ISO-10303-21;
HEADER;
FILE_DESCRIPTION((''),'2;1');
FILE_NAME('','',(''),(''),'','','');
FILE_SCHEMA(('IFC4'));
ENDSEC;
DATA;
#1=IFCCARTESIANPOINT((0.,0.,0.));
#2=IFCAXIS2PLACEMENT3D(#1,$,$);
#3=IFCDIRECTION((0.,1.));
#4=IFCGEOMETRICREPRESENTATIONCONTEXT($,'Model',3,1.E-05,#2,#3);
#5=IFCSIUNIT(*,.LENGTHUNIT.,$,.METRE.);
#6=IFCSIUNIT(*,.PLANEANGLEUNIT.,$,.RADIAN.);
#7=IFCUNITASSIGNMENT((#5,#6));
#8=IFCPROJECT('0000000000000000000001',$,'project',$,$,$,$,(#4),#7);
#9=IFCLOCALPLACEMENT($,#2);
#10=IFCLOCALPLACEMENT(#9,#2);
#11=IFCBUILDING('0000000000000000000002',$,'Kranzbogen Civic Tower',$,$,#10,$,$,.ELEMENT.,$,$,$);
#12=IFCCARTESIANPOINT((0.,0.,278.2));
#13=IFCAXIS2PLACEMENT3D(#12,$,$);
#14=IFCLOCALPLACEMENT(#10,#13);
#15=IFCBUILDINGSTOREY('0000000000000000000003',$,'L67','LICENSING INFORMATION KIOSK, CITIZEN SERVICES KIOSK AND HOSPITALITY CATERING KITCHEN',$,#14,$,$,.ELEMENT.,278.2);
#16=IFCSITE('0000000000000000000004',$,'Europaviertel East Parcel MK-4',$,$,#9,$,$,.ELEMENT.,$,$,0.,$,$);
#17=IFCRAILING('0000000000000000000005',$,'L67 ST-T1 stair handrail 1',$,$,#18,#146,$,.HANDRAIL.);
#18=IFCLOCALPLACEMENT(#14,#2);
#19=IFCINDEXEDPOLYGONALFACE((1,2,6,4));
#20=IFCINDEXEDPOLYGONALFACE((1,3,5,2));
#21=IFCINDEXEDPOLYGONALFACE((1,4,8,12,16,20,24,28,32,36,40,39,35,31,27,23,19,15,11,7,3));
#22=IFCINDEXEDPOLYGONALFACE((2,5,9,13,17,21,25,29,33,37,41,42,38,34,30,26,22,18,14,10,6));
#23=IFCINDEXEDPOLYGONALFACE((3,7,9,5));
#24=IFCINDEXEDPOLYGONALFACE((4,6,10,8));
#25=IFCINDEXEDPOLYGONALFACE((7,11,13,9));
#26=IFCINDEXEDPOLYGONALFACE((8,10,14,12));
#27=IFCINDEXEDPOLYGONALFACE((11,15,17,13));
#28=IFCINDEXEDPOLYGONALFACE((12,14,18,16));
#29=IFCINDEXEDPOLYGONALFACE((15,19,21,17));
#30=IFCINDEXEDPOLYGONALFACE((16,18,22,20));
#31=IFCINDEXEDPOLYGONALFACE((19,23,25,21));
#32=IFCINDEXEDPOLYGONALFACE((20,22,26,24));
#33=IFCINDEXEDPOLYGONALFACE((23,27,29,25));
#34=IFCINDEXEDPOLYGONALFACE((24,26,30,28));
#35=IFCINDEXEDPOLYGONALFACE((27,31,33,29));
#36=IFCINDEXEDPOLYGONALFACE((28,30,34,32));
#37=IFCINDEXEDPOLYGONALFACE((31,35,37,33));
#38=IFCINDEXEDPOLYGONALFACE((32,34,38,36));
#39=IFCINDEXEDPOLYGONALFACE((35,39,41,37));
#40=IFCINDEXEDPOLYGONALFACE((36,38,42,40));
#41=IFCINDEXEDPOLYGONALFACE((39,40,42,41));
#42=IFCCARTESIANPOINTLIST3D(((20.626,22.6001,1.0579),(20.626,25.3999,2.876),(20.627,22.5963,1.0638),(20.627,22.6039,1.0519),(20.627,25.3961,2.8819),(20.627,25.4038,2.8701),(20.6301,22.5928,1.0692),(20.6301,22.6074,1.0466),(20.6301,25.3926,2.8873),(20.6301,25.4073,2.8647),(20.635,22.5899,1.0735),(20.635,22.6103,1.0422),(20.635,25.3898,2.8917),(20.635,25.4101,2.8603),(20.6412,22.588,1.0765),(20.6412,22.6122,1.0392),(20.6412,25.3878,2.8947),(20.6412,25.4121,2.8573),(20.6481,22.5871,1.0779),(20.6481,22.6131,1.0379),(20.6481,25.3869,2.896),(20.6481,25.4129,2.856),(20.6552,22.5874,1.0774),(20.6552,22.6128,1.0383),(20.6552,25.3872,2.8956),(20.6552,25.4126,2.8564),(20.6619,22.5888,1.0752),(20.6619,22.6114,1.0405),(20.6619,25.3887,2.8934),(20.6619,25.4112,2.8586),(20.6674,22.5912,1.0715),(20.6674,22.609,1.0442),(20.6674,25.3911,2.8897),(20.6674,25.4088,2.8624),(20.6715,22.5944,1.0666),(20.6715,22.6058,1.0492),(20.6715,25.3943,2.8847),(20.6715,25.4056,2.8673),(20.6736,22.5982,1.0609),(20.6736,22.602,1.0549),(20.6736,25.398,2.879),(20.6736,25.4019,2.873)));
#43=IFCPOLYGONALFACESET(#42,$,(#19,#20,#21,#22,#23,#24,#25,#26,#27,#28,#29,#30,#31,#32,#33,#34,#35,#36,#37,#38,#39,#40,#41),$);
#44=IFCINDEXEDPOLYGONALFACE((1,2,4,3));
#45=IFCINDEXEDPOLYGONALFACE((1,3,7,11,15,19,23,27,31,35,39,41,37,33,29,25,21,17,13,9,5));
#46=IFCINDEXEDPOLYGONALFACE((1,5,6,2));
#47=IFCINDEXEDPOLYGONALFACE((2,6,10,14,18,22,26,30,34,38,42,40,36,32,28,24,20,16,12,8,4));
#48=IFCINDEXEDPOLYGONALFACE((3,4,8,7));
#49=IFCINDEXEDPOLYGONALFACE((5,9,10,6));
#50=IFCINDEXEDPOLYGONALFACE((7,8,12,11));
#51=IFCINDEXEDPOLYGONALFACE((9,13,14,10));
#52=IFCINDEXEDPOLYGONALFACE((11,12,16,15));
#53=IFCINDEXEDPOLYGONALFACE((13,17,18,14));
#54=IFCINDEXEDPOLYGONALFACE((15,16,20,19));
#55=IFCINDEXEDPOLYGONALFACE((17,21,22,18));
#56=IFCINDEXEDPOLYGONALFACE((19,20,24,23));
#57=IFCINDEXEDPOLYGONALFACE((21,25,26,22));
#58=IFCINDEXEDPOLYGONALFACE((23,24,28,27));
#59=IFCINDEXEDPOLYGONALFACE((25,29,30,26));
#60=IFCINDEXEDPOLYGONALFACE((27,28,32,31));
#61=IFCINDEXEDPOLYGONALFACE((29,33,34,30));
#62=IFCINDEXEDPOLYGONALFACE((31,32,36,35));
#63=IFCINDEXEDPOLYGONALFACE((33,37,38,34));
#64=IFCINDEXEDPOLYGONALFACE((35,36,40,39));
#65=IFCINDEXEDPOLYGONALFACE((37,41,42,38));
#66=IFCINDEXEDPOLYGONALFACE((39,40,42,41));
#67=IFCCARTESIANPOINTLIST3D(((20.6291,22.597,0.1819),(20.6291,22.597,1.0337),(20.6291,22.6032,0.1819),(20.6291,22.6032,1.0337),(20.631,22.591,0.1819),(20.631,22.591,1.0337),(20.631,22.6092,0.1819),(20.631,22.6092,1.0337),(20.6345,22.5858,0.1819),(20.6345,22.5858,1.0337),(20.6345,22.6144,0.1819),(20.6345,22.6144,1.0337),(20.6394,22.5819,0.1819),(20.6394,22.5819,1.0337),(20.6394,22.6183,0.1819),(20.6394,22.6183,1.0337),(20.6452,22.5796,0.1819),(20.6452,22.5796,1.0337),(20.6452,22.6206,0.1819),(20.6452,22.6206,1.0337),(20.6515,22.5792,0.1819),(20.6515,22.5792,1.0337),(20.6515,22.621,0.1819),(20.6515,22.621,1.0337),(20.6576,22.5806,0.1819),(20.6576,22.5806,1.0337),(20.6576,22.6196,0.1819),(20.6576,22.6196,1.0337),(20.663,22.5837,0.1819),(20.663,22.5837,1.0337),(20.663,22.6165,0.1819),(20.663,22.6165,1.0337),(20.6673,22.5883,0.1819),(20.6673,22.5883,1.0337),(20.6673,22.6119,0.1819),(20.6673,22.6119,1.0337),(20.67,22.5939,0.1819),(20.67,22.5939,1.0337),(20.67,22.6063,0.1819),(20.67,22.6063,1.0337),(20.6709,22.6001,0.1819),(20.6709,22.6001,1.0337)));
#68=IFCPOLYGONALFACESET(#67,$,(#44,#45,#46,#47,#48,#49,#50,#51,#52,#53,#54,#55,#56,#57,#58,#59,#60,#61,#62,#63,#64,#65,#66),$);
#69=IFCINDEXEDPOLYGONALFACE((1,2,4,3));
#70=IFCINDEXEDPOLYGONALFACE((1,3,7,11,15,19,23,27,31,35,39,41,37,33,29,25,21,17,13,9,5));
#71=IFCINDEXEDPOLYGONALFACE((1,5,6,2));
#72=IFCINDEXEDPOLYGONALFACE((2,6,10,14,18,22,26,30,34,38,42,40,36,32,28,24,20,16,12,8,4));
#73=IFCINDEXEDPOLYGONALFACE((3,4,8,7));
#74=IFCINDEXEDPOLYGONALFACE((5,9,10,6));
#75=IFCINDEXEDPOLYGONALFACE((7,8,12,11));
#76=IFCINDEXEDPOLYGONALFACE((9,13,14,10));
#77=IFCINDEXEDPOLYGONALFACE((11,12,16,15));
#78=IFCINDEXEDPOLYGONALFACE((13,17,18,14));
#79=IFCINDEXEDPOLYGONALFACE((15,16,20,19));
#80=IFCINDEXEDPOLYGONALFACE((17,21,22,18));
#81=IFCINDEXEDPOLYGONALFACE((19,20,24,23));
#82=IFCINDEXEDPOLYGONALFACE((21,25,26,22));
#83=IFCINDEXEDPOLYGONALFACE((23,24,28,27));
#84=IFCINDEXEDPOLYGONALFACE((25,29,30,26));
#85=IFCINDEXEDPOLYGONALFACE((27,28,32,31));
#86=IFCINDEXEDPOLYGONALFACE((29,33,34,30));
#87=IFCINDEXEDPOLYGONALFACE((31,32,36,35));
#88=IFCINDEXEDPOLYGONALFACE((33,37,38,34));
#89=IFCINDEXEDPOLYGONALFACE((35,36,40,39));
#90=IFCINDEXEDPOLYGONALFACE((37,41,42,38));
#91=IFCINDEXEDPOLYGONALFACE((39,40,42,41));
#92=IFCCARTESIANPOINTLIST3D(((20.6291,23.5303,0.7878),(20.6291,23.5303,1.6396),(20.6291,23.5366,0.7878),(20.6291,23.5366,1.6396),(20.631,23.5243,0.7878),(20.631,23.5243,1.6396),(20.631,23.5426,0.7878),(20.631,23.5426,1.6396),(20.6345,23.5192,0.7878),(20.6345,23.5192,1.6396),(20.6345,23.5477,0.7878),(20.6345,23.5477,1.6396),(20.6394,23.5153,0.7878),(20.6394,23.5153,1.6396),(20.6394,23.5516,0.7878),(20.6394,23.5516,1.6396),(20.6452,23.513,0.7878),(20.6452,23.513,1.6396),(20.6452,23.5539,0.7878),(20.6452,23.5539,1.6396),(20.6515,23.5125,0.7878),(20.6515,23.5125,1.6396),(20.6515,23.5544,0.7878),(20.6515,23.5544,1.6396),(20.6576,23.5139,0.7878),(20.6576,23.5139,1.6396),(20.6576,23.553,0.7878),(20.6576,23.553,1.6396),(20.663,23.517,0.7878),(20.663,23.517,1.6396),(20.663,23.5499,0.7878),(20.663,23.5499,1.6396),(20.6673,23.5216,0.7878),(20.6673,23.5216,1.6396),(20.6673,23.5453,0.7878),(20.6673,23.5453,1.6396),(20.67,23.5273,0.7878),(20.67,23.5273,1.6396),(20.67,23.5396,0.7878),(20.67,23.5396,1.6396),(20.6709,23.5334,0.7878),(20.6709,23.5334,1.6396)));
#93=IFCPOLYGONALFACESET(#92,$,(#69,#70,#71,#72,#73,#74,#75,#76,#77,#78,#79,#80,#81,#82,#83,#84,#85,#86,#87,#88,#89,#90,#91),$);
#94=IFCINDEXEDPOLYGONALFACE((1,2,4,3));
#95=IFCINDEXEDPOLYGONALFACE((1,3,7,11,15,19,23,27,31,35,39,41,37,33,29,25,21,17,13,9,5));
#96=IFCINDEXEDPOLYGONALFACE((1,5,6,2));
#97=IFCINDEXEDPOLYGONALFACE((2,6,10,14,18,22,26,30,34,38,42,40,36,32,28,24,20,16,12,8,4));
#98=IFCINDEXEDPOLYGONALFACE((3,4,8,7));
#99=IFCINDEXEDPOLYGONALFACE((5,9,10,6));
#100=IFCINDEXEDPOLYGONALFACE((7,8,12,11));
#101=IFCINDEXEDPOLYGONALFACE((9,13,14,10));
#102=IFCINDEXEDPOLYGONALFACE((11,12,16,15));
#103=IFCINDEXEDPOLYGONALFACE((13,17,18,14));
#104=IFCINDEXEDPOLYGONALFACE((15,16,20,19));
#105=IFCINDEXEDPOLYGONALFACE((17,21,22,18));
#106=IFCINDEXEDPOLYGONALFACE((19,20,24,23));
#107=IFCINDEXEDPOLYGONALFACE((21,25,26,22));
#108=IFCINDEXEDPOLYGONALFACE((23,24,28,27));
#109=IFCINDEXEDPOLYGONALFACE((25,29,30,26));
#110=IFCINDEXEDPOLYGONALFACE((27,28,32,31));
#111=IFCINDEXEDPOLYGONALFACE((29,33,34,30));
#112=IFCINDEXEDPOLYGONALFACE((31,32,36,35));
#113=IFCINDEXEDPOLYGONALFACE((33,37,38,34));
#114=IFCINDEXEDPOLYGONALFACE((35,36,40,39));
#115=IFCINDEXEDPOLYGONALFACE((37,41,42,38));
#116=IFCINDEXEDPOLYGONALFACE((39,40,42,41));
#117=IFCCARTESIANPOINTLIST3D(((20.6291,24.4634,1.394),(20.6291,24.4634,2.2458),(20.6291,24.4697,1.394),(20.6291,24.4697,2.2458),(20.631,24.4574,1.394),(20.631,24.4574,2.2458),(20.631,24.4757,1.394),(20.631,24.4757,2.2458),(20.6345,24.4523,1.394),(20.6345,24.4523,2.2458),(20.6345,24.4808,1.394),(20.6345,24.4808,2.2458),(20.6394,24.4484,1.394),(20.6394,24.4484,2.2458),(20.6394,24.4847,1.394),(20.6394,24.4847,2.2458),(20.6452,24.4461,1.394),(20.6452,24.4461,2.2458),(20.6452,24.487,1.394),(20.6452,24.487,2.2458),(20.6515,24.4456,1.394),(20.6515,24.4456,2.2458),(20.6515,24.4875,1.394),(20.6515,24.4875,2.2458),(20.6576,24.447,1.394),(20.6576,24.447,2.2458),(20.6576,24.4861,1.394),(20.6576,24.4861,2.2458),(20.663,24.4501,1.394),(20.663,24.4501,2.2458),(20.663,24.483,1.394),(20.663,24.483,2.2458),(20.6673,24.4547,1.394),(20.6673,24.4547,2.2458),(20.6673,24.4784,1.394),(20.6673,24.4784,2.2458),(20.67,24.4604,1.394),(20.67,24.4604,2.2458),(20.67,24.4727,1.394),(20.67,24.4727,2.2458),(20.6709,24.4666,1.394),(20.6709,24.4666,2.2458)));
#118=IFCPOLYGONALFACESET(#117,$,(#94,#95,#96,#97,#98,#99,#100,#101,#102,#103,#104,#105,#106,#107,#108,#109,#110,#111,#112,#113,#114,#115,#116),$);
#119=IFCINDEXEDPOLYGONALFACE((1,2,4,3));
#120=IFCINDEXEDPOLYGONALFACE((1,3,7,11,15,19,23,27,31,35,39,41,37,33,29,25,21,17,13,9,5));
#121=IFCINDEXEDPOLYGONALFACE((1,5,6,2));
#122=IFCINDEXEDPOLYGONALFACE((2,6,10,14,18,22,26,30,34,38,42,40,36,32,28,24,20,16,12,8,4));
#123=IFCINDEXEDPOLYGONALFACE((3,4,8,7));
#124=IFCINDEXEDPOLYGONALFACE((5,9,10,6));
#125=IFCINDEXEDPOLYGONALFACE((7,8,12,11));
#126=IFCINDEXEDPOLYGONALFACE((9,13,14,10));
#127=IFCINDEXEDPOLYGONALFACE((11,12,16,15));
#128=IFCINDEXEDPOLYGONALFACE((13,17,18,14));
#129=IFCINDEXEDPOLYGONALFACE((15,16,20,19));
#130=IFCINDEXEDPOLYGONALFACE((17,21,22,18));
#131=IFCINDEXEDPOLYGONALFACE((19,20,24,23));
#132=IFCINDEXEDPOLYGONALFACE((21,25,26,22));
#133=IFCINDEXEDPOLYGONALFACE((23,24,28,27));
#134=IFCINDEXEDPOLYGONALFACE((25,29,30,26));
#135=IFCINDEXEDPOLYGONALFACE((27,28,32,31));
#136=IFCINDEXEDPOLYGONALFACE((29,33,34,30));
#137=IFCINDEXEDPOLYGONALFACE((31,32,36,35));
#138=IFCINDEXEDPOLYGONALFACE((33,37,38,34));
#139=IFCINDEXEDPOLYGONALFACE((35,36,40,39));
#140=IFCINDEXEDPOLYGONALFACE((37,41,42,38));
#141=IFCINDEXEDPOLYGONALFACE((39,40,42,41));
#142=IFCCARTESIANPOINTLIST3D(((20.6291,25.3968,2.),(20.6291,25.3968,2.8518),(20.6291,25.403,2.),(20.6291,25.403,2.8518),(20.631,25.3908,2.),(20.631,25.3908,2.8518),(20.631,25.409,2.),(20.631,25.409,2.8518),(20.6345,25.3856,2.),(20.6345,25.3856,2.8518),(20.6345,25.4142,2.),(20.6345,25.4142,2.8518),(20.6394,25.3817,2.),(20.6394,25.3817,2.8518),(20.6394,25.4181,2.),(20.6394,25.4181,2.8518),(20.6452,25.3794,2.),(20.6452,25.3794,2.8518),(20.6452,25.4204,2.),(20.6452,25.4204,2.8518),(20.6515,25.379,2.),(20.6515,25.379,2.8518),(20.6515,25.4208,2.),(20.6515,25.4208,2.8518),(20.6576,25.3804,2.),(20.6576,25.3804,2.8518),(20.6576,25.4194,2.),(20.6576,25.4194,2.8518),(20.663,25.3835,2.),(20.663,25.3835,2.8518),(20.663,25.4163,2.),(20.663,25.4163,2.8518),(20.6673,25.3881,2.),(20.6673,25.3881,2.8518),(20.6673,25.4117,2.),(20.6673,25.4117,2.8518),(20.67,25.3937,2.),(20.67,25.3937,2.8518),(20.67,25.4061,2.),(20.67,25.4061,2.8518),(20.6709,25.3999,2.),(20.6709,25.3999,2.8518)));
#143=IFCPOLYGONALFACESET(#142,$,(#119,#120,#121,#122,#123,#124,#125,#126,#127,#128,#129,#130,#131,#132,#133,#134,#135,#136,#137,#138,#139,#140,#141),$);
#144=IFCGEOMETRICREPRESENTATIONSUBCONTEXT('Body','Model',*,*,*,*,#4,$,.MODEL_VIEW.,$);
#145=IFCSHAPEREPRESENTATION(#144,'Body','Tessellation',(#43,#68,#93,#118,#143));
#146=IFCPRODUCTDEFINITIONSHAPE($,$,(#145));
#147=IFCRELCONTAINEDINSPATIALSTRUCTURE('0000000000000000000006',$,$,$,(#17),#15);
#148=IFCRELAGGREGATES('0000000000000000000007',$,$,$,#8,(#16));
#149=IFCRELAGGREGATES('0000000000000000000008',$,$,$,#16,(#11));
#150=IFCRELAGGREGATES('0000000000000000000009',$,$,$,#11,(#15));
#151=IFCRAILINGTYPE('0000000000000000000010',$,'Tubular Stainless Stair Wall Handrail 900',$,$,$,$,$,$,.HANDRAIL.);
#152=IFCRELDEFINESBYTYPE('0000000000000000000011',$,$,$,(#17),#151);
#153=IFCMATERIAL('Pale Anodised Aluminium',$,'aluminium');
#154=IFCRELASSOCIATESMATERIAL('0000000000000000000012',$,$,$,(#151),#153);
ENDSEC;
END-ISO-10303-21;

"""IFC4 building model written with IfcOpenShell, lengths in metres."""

from ifc_helpers import new_model, si_unit, direction, frame, origin, origin_2d, place, context, subcontext, project, spatial, circle, extrude, material, type_object, element, save


model = new_model("IFC4")

# Units and contexts
model_context = context("Model", 3, precision=1e-05, world=origin(), true_north=direction((0.0, 1.0)))
body_context = subcontext(model_context, "Body", "Model", "MODEL_VIEW")
ifc_project = project(units=[si_unit("LENGTHUNIT", "METRE"), si_unit("PLANEANGLEUNIT", "RADIAN")], contexts=[model_context])

# Site, building, storey
site_placement = place(None, origin())
site = spatial("IfcSite", under=ifc_project, at=site_placement, Name="Europaviertel East Parcel MK-4", CompositionType="ELEMENT", RefElevation=0.0)
building_placement = place(site_placement, origin())
building = spatial("IfcBuilding", under=site, at=building_placement, Name="Kranzbogen Civic Tower", CompositionType="ELEMENT")
storey_placement = place(building_placement, frame((0.0, 0.0, 278.2)))
storey = spatial("IfcBuildingStorey", under=building, at=storey_placement, Name="L67", Description="LICENSING INFORMATION KIOSK, CITIZEN SERVICES KIOSK AND HOSPITALITY CATERING KITCHEN", CompositionType="ELEMENT", Elevation=278.2)

# Shared definitions
ifc_material_1 = material(Name="Pale Anodised Aluminium", Category="aluminium")

# Railing
railing_type = type_object("IfcRailingType", Name="Tubular Stainless Stair Wall Handrail 900", PredefinedType="HANDRAIL", material=ifc_material_1)
railing_placement = place(storey_placement, frame((20.6499, 22.6001, 0.1819)))
element("IfcRailing", 1, at=railing_placement, inside=storey, type_object=railing_type, Name="L67 ST-T1 stair handrail 1", PredefinedType="HANDRAIL", context=body_context, shape_type="SweptSolid", body=[
    extrude(circle(Radius=0.0239, at=origin_2d()), frame((0.0, 0.0, 0.876), z_axis=(0.0, 0.838684, 0.544618), x_axis=(-1.0, 0.0, 0.0)), (0.0, 0.0, 1.0), 3.3384),
    extrude(circle(Radius=0.021, at=origin_2d()), origin(), (0.0, 0.0, 1.0), 0.8518),
    extrude(circle(Radius=0.021, at=origin_2d()), frame((0.0, 0.9333, 0.606)), (0.0, 0.0, 1.0), 0.8518),
    extrude(circle(Radius=0.021, at=origin_2d()), frame((0.0, 1.8665, 1.2122)), (0.0, 0.0, 1.0), 0.8518),
    extrude(circle(Radius=0.021, at=origin_2d()), frame((0.0, 2.7998, 1.8181)), (0.0, 0.0, 1.0), 0.8518),
])

save(model, "model.ifc")
